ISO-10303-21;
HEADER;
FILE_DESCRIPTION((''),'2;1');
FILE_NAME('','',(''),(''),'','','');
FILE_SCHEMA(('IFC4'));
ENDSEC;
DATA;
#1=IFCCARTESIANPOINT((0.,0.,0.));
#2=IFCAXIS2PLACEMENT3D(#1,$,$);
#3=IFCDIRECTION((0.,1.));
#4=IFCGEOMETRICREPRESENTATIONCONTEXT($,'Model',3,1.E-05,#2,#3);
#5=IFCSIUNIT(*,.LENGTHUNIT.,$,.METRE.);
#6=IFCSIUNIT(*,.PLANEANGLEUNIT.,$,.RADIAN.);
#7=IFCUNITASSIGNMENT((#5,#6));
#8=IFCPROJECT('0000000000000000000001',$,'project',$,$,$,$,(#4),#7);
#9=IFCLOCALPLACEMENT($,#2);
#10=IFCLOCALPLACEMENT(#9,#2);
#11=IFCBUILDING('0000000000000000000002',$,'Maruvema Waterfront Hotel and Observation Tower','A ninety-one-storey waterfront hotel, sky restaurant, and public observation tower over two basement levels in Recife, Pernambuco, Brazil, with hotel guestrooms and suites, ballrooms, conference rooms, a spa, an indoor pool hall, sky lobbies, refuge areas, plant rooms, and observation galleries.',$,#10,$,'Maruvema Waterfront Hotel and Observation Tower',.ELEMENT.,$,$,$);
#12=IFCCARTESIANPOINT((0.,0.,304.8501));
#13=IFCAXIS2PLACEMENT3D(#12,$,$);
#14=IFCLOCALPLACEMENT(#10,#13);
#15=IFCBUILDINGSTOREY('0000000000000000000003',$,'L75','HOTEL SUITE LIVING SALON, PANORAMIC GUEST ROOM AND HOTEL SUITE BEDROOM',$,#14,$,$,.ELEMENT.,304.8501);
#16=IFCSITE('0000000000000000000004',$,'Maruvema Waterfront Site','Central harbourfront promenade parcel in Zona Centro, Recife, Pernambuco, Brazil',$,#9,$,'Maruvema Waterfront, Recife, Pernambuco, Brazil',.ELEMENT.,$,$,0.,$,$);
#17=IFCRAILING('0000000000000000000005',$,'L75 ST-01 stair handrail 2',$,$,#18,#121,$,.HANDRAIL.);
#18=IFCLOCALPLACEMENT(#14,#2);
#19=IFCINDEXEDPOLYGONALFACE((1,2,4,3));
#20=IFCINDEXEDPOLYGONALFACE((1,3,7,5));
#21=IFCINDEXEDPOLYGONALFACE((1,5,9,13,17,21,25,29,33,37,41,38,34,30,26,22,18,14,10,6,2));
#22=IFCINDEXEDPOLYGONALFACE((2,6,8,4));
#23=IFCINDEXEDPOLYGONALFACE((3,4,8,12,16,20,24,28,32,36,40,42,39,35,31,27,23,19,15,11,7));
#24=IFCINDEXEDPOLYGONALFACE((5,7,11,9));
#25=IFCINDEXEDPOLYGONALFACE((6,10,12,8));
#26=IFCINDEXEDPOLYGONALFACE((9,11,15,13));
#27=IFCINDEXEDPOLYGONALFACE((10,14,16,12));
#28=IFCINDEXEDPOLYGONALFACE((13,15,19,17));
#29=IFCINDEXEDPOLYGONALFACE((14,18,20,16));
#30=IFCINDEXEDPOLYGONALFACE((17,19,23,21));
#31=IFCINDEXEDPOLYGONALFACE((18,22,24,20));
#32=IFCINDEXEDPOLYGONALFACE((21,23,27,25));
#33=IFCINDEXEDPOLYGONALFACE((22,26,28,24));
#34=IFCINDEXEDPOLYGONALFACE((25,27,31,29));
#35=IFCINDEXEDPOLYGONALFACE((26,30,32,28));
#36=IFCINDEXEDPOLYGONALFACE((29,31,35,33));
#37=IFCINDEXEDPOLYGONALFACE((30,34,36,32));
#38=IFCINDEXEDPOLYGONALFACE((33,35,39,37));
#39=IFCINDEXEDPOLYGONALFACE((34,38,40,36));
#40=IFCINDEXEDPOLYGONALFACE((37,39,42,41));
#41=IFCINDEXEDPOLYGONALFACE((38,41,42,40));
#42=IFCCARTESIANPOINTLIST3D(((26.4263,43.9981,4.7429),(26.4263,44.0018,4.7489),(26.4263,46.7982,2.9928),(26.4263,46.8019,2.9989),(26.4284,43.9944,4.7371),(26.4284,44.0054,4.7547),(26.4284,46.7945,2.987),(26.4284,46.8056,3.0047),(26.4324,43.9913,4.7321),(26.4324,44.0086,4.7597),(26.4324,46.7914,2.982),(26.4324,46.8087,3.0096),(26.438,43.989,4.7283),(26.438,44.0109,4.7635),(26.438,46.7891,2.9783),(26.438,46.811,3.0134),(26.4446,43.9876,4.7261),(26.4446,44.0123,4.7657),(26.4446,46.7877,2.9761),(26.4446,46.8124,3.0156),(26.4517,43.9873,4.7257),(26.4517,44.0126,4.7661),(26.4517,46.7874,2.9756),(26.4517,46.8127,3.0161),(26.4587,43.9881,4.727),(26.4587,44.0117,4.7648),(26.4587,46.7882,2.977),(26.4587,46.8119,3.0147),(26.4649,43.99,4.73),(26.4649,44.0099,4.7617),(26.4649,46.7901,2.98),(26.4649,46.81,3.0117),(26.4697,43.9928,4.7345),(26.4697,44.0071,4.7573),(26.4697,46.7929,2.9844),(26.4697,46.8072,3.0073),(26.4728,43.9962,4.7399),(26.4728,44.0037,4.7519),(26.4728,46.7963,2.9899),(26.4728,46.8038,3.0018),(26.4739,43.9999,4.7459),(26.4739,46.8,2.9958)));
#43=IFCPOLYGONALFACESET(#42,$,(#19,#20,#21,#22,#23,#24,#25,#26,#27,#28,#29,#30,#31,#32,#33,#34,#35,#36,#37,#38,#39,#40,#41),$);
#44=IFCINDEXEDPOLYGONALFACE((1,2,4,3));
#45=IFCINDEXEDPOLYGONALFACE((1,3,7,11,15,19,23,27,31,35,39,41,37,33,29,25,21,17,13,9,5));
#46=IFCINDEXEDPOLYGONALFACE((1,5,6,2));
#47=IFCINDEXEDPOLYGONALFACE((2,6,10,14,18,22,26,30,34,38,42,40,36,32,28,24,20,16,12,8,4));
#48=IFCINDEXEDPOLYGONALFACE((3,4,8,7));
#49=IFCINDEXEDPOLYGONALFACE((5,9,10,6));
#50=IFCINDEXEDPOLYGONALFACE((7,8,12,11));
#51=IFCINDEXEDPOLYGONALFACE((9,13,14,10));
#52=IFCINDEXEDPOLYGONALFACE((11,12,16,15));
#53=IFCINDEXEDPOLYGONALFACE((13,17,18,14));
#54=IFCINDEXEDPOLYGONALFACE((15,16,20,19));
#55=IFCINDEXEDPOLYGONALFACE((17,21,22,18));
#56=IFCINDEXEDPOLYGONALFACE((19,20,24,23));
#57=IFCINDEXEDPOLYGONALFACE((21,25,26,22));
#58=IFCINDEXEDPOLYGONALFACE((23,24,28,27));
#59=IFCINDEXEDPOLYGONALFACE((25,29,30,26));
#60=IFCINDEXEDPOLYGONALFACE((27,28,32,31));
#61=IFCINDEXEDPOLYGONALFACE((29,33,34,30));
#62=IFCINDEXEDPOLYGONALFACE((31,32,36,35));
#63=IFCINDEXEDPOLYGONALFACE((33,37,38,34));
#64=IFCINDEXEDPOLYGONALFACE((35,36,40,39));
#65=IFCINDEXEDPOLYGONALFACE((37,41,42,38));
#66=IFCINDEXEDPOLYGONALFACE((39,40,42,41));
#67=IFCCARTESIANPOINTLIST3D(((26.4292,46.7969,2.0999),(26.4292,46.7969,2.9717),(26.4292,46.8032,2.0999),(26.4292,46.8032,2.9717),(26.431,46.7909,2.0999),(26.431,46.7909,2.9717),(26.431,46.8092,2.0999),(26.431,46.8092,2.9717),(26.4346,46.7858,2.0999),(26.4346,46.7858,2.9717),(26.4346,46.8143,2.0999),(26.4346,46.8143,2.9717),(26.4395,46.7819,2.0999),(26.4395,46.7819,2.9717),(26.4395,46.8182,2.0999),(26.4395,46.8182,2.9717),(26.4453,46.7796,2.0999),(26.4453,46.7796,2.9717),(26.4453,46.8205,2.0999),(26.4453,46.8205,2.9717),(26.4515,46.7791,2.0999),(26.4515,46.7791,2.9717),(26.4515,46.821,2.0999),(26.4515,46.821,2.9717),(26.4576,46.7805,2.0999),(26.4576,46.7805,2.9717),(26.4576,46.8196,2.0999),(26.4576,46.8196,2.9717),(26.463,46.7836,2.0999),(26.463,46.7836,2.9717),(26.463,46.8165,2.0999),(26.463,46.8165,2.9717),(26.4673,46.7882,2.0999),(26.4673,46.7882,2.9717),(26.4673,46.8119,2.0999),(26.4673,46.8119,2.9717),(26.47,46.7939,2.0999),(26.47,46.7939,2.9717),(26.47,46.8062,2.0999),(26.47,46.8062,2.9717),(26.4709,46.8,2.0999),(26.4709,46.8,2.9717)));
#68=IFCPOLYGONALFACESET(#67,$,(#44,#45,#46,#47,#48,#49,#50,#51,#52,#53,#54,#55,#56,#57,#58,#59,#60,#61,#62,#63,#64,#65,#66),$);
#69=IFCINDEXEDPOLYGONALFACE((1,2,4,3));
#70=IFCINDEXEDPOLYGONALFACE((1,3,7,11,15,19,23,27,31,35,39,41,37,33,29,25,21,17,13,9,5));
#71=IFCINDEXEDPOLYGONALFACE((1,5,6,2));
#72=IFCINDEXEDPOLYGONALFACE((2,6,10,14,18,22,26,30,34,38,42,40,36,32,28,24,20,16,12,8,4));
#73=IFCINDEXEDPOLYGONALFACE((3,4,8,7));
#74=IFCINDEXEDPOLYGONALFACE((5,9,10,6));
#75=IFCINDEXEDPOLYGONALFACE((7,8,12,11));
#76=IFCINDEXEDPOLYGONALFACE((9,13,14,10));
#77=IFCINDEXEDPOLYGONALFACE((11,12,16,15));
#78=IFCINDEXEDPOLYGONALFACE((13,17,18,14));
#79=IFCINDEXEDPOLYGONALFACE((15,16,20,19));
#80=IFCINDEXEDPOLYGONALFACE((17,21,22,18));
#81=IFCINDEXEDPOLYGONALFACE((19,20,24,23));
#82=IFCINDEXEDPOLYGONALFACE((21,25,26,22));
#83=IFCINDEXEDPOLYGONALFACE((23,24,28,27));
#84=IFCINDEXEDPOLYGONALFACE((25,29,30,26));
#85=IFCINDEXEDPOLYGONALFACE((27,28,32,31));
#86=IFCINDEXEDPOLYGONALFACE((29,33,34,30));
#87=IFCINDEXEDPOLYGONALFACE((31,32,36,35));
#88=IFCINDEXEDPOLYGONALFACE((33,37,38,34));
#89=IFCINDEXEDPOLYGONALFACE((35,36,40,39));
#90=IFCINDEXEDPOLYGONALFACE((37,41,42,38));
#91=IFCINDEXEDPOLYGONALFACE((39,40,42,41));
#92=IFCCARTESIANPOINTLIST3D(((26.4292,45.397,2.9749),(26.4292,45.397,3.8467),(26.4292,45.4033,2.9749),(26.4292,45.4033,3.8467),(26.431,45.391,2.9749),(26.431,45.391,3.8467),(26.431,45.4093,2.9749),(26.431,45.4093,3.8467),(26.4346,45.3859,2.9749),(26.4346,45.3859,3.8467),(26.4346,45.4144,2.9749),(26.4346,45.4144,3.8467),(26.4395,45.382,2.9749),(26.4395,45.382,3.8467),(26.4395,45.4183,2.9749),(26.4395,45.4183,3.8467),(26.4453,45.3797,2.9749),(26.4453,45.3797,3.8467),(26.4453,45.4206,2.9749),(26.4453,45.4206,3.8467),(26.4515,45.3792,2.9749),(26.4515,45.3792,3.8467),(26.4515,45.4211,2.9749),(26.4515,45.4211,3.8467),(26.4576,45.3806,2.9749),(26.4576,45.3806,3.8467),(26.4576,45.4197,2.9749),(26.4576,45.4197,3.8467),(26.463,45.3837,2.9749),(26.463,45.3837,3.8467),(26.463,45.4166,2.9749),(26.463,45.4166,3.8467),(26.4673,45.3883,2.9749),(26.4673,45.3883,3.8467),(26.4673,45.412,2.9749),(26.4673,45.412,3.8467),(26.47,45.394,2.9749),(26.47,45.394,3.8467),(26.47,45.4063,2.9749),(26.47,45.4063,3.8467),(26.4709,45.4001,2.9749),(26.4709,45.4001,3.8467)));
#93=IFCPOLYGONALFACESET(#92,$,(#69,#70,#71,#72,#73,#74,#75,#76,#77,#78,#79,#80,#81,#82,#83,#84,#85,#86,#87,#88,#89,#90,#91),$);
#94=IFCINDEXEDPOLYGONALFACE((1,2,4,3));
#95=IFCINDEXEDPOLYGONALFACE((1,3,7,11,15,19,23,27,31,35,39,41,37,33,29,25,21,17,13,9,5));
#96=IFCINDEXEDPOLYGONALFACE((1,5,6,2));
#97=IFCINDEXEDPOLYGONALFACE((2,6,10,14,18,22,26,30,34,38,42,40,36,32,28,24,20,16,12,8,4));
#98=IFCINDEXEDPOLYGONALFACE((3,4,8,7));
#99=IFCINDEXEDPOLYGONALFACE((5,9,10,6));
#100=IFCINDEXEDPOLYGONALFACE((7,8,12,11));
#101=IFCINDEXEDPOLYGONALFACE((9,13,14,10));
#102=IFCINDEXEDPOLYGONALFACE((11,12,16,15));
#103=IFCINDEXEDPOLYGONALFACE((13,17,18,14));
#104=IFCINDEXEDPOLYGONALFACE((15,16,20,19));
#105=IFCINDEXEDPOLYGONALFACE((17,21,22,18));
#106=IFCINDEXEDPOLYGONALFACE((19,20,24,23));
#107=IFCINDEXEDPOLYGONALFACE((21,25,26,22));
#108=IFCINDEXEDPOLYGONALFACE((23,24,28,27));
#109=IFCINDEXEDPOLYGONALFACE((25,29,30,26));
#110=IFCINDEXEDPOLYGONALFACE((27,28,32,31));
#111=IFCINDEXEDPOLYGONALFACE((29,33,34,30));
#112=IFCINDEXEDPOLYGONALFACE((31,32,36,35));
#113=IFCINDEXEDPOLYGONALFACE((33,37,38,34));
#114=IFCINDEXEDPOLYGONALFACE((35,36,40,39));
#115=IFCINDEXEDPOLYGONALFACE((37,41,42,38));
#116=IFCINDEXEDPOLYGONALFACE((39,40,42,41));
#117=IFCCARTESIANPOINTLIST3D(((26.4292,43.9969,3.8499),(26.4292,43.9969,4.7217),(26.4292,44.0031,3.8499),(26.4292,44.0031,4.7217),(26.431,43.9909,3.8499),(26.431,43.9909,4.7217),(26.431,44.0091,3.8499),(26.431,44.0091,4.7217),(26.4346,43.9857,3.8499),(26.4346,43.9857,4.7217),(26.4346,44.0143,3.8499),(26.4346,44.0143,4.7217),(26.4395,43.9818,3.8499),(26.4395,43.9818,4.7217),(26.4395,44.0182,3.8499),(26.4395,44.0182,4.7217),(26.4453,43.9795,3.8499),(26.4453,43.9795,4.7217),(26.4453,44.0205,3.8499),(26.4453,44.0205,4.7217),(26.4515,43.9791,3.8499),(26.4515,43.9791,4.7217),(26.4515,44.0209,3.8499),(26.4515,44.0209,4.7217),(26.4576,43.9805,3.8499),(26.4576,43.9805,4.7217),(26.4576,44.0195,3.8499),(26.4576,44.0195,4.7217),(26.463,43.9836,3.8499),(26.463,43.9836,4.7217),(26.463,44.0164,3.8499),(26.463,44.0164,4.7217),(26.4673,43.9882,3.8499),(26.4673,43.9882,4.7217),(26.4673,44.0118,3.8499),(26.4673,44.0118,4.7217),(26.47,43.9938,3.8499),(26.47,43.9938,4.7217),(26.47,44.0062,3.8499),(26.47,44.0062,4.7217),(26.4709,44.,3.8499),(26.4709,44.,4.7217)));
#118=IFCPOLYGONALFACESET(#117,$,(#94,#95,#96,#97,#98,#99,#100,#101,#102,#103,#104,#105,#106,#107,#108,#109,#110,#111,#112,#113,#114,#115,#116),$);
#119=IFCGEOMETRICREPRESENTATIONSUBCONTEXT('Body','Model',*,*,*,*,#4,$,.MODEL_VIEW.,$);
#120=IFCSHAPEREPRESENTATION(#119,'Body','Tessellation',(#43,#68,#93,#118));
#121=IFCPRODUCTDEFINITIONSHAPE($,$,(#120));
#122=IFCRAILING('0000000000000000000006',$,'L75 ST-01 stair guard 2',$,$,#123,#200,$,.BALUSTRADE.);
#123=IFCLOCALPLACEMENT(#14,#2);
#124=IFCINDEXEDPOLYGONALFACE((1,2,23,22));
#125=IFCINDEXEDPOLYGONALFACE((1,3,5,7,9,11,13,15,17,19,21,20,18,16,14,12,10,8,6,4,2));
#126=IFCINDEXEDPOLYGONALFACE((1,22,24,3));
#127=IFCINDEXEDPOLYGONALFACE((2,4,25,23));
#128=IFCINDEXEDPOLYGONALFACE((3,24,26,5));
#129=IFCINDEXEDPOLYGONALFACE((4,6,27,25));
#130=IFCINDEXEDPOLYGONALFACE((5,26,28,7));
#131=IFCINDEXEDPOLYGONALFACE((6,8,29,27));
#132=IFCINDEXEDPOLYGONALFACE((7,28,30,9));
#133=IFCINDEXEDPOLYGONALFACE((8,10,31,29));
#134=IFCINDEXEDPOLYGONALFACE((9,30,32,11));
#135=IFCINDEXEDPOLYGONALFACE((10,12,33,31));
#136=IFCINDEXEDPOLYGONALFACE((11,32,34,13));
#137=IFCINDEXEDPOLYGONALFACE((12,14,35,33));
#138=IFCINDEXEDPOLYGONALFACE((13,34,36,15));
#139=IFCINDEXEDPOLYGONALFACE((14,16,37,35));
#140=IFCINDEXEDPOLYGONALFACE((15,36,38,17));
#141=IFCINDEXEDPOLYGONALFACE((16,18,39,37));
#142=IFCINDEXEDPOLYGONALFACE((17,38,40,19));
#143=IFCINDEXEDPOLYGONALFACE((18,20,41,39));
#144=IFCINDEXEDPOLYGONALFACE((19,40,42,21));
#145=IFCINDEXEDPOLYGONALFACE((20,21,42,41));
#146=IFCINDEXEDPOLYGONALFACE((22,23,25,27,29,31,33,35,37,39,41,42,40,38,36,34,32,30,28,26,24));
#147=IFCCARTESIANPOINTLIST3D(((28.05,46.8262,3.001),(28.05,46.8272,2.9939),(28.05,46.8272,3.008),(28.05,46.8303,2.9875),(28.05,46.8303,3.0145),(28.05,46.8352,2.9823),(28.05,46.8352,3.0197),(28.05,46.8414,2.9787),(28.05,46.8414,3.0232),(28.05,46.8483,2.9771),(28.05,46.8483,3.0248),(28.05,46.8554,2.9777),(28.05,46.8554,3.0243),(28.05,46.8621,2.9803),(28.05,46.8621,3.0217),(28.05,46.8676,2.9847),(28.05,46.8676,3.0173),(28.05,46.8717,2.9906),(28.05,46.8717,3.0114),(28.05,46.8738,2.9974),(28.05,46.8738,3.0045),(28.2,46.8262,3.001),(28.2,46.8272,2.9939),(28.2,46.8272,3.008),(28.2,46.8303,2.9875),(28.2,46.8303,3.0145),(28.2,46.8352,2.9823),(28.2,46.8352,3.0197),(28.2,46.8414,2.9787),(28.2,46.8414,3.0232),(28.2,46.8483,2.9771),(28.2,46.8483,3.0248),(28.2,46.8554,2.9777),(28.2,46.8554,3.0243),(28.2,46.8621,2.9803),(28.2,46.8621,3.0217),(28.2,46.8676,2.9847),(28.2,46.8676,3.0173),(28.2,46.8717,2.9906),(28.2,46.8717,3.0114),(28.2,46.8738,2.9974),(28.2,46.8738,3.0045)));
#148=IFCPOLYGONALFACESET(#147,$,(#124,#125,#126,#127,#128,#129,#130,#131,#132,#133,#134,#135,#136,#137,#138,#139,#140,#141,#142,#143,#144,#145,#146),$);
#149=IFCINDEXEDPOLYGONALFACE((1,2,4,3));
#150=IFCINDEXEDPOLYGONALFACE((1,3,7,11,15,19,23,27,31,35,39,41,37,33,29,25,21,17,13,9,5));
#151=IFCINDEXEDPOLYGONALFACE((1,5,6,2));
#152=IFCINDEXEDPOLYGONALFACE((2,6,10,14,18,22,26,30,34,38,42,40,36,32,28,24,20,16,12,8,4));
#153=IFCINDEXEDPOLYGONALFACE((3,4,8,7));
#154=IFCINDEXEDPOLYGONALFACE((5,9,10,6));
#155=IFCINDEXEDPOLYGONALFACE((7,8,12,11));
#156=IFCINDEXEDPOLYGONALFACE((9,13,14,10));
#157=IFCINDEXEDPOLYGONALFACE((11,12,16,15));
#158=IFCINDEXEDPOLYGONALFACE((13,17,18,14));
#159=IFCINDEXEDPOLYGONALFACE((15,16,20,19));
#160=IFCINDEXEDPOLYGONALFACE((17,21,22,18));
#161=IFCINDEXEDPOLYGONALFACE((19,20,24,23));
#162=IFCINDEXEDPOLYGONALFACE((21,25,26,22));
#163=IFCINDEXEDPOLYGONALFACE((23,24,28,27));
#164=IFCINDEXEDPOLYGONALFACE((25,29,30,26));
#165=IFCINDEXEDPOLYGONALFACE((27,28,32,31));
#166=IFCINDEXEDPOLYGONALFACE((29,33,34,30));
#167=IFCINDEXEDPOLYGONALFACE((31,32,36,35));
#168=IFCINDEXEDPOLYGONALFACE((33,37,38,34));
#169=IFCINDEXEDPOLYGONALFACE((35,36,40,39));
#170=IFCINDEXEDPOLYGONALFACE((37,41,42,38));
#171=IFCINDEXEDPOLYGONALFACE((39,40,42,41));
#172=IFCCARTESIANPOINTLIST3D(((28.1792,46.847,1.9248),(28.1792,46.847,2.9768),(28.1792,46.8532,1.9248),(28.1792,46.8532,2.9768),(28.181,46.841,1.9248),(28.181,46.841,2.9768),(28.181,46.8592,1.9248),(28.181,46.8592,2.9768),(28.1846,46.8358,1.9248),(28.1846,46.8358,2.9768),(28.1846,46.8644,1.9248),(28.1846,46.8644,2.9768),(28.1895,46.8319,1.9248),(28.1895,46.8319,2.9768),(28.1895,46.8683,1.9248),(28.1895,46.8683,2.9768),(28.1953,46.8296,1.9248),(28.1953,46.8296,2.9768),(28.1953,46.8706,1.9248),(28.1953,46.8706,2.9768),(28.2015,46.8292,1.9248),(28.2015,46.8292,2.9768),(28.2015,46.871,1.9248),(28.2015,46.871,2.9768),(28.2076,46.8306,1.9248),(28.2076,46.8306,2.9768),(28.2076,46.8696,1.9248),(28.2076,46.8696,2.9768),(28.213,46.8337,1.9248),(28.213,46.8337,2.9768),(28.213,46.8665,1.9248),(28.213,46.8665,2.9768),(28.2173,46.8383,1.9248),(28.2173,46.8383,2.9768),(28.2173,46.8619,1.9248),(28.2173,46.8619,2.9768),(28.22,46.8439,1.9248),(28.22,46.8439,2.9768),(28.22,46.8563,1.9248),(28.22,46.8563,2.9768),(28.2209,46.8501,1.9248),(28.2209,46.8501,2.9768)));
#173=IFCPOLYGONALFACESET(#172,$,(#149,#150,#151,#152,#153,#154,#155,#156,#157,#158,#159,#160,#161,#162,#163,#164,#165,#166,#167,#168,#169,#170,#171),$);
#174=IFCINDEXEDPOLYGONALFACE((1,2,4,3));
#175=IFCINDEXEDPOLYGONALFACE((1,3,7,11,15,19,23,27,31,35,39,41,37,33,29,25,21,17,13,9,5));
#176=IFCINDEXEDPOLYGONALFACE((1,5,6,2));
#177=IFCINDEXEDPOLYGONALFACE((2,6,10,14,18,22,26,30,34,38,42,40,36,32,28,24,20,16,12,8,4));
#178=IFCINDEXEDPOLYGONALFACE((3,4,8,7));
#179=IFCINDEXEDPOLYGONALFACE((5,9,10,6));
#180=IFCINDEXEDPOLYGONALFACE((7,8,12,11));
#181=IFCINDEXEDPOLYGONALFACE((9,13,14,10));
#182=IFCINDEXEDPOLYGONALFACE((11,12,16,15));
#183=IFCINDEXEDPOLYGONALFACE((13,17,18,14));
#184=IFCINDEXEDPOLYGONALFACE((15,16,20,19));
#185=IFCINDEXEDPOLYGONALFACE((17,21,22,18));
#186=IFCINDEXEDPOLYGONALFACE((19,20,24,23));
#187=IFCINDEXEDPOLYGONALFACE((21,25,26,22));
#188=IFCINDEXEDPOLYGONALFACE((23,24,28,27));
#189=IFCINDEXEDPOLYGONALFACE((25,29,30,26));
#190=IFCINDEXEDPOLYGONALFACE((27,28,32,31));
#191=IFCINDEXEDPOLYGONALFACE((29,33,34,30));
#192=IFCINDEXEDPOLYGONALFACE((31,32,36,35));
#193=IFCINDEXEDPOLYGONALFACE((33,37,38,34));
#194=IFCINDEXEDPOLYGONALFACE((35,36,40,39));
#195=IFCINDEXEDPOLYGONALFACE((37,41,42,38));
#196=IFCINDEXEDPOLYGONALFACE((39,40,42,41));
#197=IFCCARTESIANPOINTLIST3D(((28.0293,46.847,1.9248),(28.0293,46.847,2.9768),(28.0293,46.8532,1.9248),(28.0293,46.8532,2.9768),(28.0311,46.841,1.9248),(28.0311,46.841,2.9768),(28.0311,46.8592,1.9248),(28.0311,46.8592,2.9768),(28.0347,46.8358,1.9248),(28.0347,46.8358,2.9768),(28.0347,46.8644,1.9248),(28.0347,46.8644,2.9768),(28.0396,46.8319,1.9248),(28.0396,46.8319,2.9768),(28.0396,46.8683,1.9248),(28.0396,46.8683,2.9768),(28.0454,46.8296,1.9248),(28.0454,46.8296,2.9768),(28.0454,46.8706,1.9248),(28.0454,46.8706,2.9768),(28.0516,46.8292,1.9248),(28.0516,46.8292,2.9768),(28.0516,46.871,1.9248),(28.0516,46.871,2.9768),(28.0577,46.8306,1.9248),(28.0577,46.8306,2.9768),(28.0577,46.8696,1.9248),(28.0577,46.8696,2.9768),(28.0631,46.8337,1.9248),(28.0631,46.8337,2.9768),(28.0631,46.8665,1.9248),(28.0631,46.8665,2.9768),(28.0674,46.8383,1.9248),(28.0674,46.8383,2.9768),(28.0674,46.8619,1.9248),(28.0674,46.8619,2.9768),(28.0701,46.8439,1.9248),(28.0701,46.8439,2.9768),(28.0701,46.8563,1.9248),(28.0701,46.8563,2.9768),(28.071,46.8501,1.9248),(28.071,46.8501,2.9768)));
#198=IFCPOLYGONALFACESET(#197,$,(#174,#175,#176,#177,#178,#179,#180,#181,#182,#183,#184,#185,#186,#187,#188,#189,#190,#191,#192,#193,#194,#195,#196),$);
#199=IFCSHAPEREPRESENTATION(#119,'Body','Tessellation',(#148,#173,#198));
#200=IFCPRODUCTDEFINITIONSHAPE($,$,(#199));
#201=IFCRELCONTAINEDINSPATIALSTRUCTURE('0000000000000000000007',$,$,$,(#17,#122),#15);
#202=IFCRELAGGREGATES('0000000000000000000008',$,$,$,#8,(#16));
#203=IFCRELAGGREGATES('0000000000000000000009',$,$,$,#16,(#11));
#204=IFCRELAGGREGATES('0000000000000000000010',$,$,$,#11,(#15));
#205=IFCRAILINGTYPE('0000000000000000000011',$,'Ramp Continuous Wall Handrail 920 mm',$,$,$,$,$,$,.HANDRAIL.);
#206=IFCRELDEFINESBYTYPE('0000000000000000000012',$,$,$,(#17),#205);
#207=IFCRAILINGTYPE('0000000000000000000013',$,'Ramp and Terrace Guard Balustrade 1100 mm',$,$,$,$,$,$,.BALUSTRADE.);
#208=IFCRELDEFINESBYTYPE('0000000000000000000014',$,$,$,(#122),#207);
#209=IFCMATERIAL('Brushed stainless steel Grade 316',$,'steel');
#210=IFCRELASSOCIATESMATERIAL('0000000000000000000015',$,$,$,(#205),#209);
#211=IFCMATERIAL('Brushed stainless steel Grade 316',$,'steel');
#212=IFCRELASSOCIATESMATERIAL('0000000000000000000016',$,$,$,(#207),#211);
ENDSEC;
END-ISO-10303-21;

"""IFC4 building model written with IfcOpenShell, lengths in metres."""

from ifc_helpers import new_model, si_unit, direction, frame, origin, origin_2d, place, context, subcontext, project, spatial, circle, extrude, material, type_object, element, save


model = new_model("IFC4")

# Units and contexts
model_context = context("Model", 3, precision=1e-05, world=origin(), true_north=direction((0.0, 1.0)))
body_context = subcontext(model_context, "Body", "Model", "MODEL_VIEW")
ifc_project = project(units=[si_unit("LENGTHUNIT", "METRE"), si_unit("PLANEANGLEUNIT", "RADIAN")], contexts=[model_context])

# Site, building, storey
site_placement = place(None, origin())
site = spatial("IfcSite", under=ifc_project, at=site_placement, Name="Maruvema Waterfront Site", Description="Central harbourfront promenade parcel in Zona Centro, Recife, Pernambuco, Brazil", LongName="Maruvema Waterfront, Recife, Pernambuco, Brazil", CompositionType="ELEMENT", RefElevation=0.0)
building_placement = place(site_placement, origin())
building = spatial("IfcBuilding", under=site, at=building_placement, Name="Maruvema Waterfront Hotel and Observation Tower", Description="A ninety-one-storey waterfront hotel, sky restaurant, and public observation tower over two basement levels in Recife, Pernambuco, Brazil, with hotel guestrooms and suites, ballrooms, conference rooms, a spa, an indoor pool hall, sky lobbies, refuge areas, plant rooms, and observation galleries.", LongName="Maruvema Waterfront Hotel and Observation Tower", CompositionType="ELEMENT")
storey_placement = place(building_placement, frame((0.0, 0.0, 304.8501)))
storey = spatial("IfcBuildingStorey", under=building, at=storey_placement, Name="L75", Description="HOTEL SUITE LIVING SALON, PANORAMIC GUEST ROOM AND HOTEL SUITE BEDROOM", CompositionType="ELEMENT", Elevation=304.8501)

# Railings
ifc_material_1 = material(Name="Brushed stainless steel Grade 316", Category="steel")
railing_type_1 = type_object("IfcRailingType", Name="Ramp Continuous Wall Handrail 920 mm", PredefinedType="HANDRAIL", material=ifc_material_1)
railing_1_placement = place(storey_placement, frame((26.45, 46.8, 2.0999)))
element("IfcRailing", 1, at=railing_1_placement, inside=storey, type_object=railing_type_1, Name="L75 ST-01 stair handrail 2", PredefinedType="HANDRAIL", context=body_context, shape_type="SweptSolid", body=[
    extrude(circle(Radius=0.0239, at=origin_2d()), frame((0.0, 0.0, 0.896), z_axis=(0.0, -0.848002, 0.529992), x_axis=(1.0, 0.0, 0.0)), (0.0, 0.0, 1.0), 3.302),
    extrude(circle(Radius=0.021, at=origin_2d()), origin(), (0.0, 0.0, 1.0), 0.8718),
    extrude(circle(Radius=0.021, at=origin_2d()), frame((0.0, -1.3999, 0.875)), (0.0, 0.0, 1.0), 0.8718),
    extrude(circle(Radius=0.021, at=origin_2d()), frame((0.0, -2.8, 1.75)), (0.0, 0.0, 1.0), 0.8718),
])
ifc_material_2 = material(Name="Brushed stainless steel Grade 316", Category="steel")
railing_type_2 = type_object("IfcRailingType", Name="Ramp and Terrace Guard Balustrade 1100 mm", PredefinedType="BALUSTRADE", material=ifc_material_2)
railing_2_placement = place(storey_placement, frame((28.2, 46.8501, 1.9248)))
element("IfcRailing", 2, at=railing_2_placement, inside=storey, type_object=railing_type_2, Name="L75 ST-01 stair guard 2", PredefinedType="BALUSTRADE", context=body_context, shape_type="SweptSolid", body=[
    extrude(circle(Radius=0.0239, at=origin_2d()), frame((0.0, 0.0, 1.0762), z_axis=(-1.0, 0.0, 0.0), x_axis=(0.0, -1.0, 0.0)), (0.0, 0.0, 1.0), 0.1499),
    extrude(circle(Radius=0.021, at=origin_2d()), origin(), (0.0, 0.0, 1.0), 1.052),
    extrude(circle(Radius=0.021, at=origin_2d()), frame((-0.1499, 0.0, 0.0)), (0.0, 0.0, 1.0), 1.052),
])

save(model, "model.ifc")
